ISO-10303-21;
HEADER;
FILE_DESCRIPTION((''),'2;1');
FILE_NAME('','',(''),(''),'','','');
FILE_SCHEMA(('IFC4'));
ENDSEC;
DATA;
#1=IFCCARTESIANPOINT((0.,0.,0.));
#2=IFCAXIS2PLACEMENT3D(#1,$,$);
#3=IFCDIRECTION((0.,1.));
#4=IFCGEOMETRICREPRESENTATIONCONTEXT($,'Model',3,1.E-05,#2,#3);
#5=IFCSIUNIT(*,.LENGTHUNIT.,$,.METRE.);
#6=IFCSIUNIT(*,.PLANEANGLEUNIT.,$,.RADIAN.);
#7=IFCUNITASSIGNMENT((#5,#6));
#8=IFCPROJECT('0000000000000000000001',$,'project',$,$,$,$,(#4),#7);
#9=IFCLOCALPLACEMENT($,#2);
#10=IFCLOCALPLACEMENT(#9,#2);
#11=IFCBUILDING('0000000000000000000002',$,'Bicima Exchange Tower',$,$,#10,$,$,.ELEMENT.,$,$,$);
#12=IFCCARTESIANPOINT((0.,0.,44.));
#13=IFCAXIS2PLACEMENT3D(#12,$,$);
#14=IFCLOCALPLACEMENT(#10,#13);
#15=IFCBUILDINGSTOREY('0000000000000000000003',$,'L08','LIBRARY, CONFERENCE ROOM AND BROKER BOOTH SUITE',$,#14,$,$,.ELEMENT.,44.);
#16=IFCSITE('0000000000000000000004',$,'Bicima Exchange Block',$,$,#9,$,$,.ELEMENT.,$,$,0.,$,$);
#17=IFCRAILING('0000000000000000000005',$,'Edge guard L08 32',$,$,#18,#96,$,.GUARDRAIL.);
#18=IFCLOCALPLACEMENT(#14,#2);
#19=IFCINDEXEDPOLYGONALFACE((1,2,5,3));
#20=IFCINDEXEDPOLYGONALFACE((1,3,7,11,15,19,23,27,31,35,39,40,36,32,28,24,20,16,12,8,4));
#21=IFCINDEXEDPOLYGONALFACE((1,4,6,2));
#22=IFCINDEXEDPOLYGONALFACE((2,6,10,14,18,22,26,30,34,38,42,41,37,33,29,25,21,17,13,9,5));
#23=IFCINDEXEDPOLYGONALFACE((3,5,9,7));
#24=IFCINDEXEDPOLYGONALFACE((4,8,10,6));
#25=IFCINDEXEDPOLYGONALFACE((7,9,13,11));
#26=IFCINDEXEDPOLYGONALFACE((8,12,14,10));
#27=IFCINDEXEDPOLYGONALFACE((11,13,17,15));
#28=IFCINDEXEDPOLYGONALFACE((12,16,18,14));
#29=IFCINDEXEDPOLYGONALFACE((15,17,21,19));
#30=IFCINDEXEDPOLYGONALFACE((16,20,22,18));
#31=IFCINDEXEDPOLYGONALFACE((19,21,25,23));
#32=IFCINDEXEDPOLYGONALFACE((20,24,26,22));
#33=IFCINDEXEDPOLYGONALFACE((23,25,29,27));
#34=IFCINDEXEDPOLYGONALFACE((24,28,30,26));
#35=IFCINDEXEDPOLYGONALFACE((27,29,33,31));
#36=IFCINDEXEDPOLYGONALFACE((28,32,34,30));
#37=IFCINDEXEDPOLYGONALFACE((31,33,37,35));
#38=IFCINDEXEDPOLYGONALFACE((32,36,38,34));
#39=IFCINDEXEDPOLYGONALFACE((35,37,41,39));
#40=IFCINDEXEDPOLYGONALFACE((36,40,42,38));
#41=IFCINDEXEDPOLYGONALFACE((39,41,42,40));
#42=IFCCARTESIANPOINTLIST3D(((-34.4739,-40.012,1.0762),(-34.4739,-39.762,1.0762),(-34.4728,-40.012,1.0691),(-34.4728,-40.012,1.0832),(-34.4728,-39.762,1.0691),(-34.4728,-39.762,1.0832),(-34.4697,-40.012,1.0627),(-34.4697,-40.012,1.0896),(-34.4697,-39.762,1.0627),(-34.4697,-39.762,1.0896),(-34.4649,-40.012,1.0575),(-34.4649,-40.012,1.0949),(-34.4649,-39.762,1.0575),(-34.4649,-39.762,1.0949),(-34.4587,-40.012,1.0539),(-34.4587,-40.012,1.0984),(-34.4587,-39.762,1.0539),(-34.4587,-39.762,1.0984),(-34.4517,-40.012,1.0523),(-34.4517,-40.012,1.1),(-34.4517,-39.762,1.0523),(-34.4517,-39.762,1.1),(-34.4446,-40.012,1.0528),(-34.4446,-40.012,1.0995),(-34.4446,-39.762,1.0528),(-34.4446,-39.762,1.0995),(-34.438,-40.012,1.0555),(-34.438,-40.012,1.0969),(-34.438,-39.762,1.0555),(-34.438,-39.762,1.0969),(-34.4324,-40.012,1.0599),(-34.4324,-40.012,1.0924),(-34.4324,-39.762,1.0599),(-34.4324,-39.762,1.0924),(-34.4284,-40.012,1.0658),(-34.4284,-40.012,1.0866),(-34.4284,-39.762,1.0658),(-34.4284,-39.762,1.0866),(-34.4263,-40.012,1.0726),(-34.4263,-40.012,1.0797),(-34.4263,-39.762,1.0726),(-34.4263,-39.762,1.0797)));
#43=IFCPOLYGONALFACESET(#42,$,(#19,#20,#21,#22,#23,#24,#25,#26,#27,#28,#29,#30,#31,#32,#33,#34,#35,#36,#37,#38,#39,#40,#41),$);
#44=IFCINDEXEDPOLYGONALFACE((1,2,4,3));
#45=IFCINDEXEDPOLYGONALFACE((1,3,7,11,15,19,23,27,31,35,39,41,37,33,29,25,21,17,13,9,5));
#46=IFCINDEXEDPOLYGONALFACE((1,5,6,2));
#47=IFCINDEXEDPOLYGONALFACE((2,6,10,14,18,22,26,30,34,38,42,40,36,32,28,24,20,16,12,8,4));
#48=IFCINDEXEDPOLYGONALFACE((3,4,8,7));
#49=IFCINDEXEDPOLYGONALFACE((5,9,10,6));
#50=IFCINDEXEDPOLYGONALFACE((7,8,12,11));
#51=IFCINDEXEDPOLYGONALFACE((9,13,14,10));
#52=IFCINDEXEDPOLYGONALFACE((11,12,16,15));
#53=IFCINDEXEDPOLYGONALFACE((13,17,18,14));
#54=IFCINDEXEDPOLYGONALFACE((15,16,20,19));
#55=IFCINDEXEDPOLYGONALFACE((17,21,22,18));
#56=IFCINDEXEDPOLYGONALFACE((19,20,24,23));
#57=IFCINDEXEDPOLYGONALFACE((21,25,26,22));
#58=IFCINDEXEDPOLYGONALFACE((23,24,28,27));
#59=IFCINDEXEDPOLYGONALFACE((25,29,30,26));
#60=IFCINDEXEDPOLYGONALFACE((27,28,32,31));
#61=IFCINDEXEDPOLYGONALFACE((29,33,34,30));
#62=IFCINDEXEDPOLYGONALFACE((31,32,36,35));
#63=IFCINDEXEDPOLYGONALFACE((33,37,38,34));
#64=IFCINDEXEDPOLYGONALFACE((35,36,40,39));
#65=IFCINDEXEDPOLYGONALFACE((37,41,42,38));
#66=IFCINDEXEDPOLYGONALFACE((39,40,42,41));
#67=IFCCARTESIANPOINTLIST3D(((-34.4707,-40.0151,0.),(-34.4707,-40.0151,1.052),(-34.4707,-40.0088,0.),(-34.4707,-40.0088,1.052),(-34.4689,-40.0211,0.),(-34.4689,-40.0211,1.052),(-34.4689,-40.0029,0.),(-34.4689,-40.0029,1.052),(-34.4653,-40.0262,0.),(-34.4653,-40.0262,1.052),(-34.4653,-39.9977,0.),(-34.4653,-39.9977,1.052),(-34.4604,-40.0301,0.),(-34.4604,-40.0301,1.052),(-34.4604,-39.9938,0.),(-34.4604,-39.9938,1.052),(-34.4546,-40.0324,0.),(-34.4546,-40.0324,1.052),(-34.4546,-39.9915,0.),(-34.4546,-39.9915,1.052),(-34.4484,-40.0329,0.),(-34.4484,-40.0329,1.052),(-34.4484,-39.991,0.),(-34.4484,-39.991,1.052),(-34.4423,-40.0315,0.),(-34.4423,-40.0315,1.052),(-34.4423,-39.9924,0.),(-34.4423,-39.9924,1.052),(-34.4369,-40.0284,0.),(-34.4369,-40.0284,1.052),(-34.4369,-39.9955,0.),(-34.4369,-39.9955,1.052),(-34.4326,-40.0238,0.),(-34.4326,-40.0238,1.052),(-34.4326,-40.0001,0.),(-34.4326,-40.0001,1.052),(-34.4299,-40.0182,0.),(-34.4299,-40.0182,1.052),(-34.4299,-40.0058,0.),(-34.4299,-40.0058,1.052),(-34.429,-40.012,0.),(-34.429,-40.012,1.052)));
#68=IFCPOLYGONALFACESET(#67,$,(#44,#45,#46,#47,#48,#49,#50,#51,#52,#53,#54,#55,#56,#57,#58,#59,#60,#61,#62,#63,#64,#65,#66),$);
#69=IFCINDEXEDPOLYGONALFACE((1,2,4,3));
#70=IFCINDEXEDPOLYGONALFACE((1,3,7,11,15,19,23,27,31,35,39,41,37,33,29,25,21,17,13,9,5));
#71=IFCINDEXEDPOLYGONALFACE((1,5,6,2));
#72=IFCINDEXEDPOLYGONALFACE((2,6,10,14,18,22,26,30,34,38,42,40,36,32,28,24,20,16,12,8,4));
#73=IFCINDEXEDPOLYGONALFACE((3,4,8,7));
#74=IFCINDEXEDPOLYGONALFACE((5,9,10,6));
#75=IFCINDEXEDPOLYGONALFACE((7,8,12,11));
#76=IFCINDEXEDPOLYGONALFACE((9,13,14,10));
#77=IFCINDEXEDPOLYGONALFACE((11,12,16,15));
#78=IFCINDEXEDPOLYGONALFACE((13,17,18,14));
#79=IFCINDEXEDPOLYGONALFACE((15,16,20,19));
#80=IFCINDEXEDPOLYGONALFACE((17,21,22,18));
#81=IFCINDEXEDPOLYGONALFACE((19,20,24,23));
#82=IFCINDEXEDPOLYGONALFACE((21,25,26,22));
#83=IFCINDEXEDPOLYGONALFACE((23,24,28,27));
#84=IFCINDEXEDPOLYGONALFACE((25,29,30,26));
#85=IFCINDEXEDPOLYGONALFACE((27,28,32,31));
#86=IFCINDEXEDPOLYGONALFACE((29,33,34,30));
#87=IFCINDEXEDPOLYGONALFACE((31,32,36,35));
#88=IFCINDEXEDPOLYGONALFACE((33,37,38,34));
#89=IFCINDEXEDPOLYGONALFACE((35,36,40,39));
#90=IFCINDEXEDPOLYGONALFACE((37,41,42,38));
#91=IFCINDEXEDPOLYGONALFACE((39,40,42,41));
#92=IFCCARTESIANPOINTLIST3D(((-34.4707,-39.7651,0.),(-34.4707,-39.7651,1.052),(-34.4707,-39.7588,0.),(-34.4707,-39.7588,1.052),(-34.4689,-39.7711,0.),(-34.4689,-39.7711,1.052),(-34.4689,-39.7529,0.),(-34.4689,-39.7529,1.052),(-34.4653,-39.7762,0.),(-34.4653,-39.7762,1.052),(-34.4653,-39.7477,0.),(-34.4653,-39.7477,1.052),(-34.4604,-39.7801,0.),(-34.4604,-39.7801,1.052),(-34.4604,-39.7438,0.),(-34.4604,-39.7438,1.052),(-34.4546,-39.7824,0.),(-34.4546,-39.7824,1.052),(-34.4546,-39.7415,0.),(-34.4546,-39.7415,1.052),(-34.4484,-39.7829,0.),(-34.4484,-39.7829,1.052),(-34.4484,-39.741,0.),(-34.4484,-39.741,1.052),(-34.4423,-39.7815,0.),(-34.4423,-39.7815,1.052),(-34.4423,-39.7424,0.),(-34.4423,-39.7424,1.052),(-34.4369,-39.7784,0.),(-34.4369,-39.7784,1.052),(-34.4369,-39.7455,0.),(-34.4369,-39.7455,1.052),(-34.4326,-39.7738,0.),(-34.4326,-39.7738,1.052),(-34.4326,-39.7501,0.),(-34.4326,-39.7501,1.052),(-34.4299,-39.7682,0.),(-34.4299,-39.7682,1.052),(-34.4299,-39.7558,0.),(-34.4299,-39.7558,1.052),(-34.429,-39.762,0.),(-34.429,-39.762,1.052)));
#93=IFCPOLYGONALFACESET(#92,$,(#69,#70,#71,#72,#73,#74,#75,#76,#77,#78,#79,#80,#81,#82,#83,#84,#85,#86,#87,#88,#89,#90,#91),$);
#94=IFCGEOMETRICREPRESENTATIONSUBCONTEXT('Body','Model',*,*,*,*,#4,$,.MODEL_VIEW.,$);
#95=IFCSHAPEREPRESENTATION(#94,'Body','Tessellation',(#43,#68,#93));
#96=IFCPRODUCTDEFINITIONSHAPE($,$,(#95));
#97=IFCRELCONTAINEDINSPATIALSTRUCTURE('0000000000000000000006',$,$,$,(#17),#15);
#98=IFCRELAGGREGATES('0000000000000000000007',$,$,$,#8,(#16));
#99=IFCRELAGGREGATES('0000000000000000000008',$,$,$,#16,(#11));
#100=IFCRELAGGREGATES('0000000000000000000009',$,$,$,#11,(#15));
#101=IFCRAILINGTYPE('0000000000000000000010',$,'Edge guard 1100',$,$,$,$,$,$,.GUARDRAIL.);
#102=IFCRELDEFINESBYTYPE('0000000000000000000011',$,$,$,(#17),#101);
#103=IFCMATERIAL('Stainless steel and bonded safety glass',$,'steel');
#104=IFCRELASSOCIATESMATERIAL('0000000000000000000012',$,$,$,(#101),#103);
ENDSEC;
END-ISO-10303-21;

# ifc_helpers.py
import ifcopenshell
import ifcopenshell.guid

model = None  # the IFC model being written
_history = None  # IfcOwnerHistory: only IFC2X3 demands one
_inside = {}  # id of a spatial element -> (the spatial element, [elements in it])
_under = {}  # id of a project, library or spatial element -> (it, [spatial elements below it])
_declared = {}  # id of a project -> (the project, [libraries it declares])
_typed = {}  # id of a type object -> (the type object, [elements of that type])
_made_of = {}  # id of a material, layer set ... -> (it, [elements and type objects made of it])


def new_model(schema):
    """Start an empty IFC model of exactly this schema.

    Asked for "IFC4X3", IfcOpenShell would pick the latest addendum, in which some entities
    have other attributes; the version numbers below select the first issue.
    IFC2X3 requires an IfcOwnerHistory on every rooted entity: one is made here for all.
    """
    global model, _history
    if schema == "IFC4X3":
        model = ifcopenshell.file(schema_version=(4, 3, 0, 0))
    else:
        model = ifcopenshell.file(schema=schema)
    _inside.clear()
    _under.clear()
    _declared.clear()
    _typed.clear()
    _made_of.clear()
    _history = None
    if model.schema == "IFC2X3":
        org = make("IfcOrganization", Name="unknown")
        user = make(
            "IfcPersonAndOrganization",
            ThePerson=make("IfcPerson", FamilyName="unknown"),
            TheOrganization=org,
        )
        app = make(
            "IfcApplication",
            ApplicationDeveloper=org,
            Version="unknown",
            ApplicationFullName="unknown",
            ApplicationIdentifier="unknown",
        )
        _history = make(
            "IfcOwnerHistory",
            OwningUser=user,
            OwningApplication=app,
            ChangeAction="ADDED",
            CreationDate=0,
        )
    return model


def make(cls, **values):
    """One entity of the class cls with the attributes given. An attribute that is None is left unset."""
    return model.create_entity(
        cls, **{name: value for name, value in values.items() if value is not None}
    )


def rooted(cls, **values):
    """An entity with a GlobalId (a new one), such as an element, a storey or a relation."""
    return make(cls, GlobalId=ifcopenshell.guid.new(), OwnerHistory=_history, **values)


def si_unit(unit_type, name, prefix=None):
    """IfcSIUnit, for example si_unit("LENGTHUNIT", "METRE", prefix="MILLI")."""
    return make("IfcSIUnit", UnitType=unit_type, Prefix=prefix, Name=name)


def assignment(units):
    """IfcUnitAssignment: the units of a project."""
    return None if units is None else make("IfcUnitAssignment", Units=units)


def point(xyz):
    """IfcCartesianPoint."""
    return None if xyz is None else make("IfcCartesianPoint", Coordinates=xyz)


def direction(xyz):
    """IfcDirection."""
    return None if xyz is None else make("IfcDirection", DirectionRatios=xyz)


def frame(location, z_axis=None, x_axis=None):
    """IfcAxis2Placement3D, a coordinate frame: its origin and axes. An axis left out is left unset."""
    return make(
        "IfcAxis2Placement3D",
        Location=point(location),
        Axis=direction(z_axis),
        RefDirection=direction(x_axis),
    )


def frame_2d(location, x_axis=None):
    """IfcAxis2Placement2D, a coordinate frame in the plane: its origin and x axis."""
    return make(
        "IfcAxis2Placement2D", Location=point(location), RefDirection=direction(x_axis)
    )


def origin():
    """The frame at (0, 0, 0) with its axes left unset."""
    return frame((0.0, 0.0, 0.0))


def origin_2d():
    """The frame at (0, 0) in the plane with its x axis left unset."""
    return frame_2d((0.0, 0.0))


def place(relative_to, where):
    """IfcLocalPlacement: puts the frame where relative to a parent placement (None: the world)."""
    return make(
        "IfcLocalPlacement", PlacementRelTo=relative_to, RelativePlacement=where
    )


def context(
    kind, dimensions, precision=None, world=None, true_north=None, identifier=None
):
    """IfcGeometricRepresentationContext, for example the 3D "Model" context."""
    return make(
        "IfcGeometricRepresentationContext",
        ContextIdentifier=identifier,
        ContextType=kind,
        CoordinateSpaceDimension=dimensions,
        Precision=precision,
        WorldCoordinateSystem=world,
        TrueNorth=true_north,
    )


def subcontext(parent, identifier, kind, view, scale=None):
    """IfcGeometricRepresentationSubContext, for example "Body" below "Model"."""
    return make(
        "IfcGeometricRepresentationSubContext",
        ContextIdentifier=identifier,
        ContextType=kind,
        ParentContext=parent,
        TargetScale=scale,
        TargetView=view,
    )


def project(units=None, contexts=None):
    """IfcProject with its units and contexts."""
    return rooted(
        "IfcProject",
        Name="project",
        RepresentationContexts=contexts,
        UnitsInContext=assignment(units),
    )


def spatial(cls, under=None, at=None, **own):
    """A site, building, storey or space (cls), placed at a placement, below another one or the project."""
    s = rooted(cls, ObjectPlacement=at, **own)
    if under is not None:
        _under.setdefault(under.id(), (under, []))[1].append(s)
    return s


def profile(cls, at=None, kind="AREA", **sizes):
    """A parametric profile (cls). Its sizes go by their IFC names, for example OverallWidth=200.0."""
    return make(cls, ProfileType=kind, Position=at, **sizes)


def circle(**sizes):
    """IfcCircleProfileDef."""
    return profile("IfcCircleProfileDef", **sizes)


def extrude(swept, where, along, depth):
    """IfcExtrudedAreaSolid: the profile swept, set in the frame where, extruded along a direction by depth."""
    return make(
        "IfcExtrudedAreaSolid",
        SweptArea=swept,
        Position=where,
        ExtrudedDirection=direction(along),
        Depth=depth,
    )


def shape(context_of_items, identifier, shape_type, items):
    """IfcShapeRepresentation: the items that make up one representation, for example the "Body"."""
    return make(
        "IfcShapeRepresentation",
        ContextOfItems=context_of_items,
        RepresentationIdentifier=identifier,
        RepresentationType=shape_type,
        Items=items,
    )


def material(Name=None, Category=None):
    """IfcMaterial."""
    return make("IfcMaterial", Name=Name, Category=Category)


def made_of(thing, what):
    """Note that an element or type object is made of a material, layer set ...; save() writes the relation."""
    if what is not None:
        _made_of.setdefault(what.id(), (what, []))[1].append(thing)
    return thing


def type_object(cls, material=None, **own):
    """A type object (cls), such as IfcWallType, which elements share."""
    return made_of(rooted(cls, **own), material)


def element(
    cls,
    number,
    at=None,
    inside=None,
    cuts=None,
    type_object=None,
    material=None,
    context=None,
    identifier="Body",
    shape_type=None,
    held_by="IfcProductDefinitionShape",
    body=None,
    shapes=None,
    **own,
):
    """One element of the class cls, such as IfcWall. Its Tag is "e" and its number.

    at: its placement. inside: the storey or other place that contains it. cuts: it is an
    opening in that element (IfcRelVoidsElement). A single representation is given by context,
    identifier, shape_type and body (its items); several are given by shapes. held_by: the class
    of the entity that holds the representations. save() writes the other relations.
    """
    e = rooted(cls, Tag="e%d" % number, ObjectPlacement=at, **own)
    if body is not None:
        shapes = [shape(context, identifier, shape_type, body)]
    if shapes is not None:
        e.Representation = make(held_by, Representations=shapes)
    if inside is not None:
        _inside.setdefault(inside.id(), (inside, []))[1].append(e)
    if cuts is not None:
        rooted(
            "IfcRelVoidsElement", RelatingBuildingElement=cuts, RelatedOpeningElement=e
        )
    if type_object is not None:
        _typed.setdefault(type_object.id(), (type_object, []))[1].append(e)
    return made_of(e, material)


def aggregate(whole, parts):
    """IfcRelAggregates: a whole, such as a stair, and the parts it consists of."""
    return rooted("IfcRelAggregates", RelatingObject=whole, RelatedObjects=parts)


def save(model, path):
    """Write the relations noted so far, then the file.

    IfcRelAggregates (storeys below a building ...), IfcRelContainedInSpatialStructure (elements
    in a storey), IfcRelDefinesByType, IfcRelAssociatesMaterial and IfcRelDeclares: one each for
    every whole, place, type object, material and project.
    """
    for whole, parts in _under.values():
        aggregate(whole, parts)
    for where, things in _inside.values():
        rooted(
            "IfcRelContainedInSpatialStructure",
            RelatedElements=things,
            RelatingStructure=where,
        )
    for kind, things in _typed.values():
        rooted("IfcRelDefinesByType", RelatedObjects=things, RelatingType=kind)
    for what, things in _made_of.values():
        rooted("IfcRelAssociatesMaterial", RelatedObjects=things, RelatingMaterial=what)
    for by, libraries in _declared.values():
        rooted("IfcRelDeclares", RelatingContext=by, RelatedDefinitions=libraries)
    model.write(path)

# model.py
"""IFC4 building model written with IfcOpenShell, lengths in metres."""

from ifc_helpers import new_model, si_unit, direction, frame, origin, origin_2d, place, context, subcontext, project, spatial, circle, extrude, material, type_object, element, save


model = new_model("IFC4")

# Units and contexts
model_context = context("Model", 3, precision=1e-05, world=origin(), true_north=direction((0.0, 1.0)))
body_context = subcontext(model_context, "Body", "Model", "MODEL_VIEW")
ifc_project = project(units=[si_unit("LENGTHUNIT", "METRE"), si_unit("PLANEANGLEUNIT", "RADIAN")], contexts=[model_context])

# Site, building, storey
site_placement = place(None, origin())
site = spatial("IfcSite", under=ifc_project, at=site_placement, Name="Bicima Exchange Block", CompositionType="ELEMENT", RefElevation=0.0)
building_placement = place(site_placement, origin())
building = spatial("IfcBuilding", under=site, at=building_placement, Name="Bicima Exchange Tower", CompositionType="ELEMENT")
storey_placement = place(building_placement, frame((0.0, 0.0, 44.0)))
storey = spatial("IfcBuildingStorey", under=building, at=storey_placement, Name="L08", Description="LIBRARY, CONFERENCE ROOM AND BROKER BOOTH SUITE", CompositionType="ELEMENT", Elevation=44.0)

# Railing
ifc_material_1 = material(Name="Stainless steel and bonded safety glass", Category="steel")
railing_type = type_object("IfcRailingType", Name="Edge guard 1100", PredefinedType="GUARDRAIL", material=ifc_material_1)
railing_1_placement = place(storey_placement, frame((-34.45, -40.012, 0.0)))
element("IfcRailing", 1, at=railing_1_placement, inside=storey, type_object=railing_type, Name="Edge guard L08 32", PredefinedType="GUARDRAIL", context=body_context, shape_type="SweptSolid", body=[
    extrude(circle(Radius=0.0239, at=origin_2d()), frame((0.0, 0.0, 1.0762), z_axis=(0.0, 1.0, 0.0), x_axis=(-1.0, 0.0, 0.0)), (0.0, 0.0, 1.0), 0.25),
    extrude(circle(Radius=0.021, at=origin_2d()), origin(), (0.0, 0.0, 1.0), 1.052),
    extrude(circle(Radius=0.021, at=origin_2d()), frame((0.0, 0.25, 0.0)), (0.0, 0.0, 1.0), 1.052),
])

save(model, "model.ifc")
